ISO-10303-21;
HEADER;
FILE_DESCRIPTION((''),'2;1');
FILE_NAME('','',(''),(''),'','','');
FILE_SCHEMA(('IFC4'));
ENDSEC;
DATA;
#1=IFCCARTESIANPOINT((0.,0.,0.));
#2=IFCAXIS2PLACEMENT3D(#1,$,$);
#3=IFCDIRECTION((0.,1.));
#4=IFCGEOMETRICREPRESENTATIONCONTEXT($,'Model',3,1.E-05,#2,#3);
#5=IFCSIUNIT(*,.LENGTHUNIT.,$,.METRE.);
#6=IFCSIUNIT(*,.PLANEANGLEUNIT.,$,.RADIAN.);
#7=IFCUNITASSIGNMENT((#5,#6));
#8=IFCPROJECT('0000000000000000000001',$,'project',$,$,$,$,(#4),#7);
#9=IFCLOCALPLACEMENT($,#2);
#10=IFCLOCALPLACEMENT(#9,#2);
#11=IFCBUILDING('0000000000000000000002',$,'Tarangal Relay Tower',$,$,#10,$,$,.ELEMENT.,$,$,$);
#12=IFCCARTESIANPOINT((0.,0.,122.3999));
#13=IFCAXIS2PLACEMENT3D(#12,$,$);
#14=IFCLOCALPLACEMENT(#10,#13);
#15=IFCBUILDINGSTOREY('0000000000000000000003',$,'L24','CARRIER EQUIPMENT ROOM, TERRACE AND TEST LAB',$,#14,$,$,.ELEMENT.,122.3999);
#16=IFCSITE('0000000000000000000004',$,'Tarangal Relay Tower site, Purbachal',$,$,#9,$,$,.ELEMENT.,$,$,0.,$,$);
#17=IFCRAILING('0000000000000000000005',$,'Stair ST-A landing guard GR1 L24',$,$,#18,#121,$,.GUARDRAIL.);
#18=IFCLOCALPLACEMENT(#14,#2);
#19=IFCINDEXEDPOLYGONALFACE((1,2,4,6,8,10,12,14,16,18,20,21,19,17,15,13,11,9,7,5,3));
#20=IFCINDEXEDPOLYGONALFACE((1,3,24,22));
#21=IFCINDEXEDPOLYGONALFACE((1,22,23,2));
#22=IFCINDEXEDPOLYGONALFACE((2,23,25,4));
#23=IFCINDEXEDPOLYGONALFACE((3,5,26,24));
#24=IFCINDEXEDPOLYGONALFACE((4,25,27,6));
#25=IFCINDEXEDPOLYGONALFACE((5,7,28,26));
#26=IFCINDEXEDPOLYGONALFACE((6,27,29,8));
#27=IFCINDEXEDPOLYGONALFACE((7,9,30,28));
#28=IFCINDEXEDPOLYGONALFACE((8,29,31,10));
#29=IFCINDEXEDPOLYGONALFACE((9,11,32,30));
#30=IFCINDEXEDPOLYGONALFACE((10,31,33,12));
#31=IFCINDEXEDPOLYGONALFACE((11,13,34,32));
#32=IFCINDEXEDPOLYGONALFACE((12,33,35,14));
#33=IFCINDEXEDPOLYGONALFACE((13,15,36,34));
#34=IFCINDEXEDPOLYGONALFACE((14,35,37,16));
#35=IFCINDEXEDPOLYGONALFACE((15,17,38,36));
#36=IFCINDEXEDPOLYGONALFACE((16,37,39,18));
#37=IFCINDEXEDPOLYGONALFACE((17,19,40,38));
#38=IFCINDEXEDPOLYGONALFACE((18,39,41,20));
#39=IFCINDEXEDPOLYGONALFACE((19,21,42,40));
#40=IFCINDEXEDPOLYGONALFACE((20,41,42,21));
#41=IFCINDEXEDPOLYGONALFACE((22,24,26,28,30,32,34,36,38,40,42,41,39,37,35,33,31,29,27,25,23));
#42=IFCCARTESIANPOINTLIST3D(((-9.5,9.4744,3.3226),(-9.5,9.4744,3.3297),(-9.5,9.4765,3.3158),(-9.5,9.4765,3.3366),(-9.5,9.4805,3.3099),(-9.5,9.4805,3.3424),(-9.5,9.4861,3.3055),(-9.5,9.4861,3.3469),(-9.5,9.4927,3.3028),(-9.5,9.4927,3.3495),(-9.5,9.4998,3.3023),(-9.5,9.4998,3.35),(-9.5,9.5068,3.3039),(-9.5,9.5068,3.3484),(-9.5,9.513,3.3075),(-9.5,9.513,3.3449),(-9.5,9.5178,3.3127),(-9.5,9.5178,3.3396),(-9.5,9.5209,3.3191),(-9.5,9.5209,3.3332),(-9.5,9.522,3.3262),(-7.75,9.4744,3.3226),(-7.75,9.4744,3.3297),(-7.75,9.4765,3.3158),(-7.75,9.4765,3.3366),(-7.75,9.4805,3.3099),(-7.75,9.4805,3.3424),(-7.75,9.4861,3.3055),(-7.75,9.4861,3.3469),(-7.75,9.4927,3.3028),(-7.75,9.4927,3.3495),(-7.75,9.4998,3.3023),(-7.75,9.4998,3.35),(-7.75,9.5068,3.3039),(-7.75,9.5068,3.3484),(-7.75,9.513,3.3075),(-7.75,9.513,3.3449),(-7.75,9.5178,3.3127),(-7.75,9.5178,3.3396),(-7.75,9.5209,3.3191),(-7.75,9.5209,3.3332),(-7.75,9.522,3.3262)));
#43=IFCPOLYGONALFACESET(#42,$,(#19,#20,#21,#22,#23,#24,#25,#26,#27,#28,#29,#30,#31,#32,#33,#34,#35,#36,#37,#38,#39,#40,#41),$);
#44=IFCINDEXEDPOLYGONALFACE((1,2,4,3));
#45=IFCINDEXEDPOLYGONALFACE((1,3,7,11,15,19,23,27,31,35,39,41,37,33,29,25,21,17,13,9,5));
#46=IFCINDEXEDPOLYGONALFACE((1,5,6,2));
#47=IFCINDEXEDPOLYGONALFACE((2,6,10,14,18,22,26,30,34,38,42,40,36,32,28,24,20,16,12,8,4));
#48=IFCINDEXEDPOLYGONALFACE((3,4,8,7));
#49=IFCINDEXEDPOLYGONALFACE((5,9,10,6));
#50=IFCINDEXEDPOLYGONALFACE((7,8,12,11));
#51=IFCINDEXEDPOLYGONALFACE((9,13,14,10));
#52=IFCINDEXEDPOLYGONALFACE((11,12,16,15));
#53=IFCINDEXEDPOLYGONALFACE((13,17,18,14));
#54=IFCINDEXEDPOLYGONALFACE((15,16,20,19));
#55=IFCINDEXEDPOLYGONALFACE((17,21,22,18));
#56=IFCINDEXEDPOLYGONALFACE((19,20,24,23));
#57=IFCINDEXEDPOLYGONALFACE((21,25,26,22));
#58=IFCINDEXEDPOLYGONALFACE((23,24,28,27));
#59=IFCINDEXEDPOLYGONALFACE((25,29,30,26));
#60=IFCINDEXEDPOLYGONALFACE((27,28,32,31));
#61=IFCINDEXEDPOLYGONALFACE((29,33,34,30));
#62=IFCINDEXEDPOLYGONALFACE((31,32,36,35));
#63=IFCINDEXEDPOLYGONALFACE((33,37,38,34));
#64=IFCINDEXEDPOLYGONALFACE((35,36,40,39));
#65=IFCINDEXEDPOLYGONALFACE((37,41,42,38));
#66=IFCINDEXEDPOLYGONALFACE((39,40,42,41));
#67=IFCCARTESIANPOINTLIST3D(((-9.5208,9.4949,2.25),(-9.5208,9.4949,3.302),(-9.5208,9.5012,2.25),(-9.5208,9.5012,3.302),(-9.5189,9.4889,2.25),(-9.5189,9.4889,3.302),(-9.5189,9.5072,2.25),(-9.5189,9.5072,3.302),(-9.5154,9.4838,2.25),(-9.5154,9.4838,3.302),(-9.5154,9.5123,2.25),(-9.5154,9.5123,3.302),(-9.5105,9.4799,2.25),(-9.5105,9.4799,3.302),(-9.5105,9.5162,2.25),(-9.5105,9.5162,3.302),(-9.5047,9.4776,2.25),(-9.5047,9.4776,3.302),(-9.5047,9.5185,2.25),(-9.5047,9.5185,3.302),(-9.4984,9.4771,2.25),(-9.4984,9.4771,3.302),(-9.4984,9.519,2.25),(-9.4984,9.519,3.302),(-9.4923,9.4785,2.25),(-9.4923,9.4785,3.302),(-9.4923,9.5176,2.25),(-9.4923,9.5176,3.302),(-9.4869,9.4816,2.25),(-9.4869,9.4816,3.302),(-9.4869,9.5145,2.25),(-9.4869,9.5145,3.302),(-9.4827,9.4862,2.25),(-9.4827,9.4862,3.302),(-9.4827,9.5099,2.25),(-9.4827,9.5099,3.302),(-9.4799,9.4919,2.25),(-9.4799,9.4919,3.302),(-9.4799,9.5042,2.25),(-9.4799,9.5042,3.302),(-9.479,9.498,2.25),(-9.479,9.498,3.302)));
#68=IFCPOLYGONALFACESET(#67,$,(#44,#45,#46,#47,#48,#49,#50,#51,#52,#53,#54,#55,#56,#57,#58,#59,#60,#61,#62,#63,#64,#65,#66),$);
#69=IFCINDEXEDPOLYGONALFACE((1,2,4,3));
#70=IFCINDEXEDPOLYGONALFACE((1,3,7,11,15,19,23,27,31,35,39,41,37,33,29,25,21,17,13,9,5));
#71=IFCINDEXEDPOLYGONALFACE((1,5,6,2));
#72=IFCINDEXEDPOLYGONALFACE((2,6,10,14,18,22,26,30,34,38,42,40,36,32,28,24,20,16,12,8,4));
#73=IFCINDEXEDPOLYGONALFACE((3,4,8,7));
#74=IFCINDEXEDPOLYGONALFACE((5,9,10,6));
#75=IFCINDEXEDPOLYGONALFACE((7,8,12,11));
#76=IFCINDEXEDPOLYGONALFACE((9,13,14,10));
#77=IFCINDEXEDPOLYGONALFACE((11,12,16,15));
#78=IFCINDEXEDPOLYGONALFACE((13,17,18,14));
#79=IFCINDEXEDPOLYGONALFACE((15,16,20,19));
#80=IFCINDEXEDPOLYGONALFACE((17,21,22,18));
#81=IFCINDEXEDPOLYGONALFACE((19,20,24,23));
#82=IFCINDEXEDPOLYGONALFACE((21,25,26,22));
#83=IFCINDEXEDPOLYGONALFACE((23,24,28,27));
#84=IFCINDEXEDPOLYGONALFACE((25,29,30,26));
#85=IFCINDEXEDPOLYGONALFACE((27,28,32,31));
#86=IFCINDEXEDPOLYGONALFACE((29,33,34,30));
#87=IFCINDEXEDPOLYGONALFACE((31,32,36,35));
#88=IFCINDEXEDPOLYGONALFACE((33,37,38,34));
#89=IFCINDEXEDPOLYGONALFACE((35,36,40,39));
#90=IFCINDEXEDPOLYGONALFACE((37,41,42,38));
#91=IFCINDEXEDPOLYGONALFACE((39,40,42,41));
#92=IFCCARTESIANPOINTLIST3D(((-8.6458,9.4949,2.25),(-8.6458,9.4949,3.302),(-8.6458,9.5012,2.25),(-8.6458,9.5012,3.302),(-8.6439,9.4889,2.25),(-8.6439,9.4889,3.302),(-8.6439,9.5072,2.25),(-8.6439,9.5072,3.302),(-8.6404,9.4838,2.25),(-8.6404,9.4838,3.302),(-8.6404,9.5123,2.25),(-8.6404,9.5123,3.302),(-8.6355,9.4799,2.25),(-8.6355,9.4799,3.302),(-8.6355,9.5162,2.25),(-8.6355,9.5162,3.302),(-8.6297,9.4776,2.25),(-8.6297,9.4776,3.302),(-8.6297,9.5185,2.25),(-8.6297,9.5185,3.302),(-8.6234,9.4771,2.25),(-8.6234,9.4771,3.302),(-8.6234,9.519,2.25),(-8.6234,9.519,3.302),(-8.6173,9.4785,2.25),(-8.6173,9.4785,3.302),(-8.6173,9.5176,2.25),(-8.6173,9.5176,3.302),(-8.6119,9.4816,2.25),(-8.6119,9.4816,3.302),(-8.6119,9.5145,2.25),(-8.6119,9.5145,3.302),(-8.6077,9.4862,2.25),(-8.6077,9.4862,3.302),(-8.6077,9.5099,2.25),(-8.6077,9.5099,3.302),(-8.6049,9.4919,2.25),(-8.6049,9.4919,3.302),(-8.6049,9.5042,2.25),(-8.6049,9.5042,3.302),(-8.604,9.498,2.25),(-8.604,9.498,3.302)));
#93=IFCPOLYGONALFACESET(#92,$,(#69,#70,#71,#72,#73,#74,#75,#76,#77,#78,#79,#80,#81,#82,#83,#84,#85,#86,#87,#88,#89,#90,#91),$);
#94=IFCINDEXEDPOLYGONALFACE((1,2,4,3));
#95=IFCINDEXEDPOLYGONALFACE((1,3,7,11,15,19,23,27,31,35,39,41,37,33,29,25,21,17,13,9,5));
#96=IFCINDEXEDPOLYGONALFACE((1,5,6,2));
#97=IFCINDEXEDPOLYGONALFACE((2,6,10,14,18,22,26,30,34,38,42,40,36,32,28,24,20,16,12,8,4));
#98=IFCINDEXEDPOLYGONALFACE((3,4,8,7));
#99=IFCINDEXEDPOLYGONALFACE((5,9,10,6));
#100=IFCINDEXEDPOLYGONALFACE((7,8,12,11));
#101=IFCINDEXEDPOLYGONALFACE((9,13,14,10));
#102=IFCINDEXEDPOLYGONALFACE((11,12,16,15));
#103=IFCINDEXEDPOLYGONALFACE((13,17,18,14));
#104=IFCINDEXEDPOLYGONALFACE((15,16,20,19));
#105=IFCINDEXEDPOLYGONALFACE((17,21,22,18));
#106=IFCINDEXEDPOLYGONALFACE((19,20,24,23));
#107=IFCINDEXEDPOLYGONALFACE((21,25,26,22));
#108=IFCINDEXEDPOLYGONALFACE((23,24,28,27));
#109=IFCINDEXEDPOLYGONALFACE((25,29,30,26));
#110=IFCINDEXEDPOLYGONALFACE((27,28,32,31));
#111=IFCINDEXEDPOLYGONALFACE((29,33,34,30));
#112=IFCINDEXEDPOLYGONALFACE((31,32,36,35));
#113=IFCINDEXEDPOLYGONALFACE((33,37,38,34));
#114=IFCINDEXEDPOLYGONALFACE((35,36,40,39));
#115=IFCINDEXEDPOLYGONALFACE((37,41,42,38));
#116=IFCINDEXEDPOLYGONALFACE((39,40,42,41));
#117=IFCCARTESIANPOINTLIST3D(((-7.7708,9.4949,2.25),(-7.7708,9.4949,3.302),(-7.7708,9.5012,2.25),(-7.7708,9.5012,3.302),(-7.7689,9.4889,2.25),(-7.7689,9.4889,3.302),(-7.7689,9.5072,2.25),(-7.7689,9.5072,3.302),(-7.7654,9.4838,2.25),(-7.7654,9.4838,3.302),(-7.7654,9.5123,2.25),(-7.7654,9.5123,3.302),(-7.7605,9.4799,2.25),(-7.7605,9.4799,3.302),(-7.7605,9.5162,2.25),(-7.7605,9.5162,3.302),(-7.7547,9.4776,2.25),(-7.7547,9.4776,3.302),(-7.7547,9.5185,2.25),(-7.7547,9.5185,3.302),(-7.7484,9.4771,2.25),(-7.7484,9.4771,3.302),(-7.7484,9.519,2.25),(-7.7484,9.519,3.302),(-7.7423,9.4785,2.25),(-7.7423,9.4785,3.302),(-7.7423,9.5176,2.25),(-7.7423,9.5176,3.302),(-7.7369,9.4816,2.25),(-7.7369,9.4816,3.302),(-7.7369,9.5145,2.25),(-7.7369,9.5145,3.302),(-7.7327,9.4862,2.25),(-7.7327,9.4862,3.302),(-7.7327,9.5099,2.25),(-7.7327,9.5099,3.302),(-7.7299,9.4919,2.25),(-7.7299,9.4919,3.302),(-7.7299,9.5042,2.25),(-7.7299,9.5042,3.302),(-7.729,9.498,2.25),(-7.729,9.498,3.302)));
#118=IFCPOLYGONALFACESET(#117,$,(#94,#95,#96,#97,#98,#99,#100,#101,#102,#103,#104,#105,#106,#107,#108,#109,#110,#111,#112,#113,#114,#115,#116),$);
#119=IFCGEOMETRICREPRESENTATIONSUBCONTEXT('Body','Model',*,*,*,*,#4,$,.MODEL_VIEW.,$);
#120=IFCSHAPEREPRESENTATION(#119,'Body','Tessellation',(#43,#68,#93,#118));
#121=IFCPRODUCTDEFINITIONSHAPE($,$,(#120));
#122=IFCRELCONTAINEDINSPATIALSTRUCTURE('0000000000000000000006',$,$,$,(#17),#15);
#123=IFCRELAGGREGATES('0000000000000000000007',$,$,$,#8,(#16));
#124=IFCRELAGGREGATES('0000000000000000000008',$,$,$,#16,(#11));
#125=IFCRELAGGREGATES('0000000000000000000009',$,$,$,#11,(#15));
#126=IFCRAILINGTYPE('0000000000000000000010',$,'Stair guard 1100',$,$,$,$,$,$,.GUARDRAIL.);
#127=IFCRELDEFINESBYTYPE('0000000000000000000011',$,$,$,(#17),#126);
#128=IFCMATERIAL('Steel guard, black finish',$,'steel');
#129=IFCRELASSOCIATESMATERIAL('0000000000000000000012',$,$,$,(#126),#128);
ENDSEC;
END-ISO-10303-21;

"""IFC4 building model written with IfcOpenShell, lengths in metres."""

from ifc_helpers import new_model, si_unit, direction, frame, origin, origin_2d, place, context, subcontext, project, spatial, circle, extrude, material, type_object, element, save


model = new_model("IFC4")

# Units and contexts
model_context = context("Model", 3, precision=1e-05, world=origin(), true_north=direction((0.0, 1.0)))
body_context = subcontext(model_context, "Body", "Model", "MODEL_VIEW")
ifc_project = project(units=[si_unit("LENGTHUNIT", "METRE"), si_unit("PLANEANGLEUNIT", "RADIAN")], contexts=[model_context])

# Site, building, storey
site_placement = place(None, origin())
site = spatial("IfcSite", under=ifc_project, at=site_placement, Name="Tarangal Relay Tower site, Purbachal", CompositionType="ELEMENT", RefElevation=0.0)
building_placement = place(site_placement, origin())
building = spatial("IfcBuilding", under=site, at=building_placement, Name="Tarangal Relay Tower", CompositionType="ELEMENT")
storey_placement = place(building_placement, frame((0.0, 0.0, 122.3999)))
storey = spatial("IfcBuildingStorey", under=building, at=storey_placement, Name="L24", Description="CARRIER EQUIPMENT ROOM, TERRACE AND TEST LAB", CompositionType="ELEMENT", Elevation=122.3999)

# Railing
ifc_material_1 = material(Name="Steel guard, black finish", Category="steel")
railing_type_1 = type_object("IfcRailingType", Name="Stair guard 1100", PredefinedType="GUARDRAIL", material=ifc_material_1)
railing_1_placement = place(storey_placement, frame((-9.5, 9.498, 2.25)))
element("IfcRailing", 1, at=railing_1_placement, inside=storey, type_object=railing_type_1, Name="Stair ST-A landing guard GR1 L24", PredefinedType="GUARDRAIL", context=body_context, shape_type="SweptSolid", body=[
    extrude(circle(Radius=0.0239, at=origin_2d()), frame((0.0, 0.0, 1.0762), z_axis=(1.0, 0.0, 0.0), x_axis=(0.0, 1.0, 0.0)), (0.0, 0.0, 1.0), 1.75),
    extrude(circle(Radius=0.021, at=origin_2d()), origin(), (0.0, 0.0, 1.0), 1.052),
    extrude(circle(Radius=0.021, at=origin_2d()), frame((0.875, 0.0, 0.0)), (0.0, 0.0, 1.0), 1.052),
    extrude(circle(Radius=0.021, at=origin_2d()), frame((1.75, 0.0, 0.0)), (0.0, 0.0, 1.0), 1.052),
])

save(model, "model.ifc")
